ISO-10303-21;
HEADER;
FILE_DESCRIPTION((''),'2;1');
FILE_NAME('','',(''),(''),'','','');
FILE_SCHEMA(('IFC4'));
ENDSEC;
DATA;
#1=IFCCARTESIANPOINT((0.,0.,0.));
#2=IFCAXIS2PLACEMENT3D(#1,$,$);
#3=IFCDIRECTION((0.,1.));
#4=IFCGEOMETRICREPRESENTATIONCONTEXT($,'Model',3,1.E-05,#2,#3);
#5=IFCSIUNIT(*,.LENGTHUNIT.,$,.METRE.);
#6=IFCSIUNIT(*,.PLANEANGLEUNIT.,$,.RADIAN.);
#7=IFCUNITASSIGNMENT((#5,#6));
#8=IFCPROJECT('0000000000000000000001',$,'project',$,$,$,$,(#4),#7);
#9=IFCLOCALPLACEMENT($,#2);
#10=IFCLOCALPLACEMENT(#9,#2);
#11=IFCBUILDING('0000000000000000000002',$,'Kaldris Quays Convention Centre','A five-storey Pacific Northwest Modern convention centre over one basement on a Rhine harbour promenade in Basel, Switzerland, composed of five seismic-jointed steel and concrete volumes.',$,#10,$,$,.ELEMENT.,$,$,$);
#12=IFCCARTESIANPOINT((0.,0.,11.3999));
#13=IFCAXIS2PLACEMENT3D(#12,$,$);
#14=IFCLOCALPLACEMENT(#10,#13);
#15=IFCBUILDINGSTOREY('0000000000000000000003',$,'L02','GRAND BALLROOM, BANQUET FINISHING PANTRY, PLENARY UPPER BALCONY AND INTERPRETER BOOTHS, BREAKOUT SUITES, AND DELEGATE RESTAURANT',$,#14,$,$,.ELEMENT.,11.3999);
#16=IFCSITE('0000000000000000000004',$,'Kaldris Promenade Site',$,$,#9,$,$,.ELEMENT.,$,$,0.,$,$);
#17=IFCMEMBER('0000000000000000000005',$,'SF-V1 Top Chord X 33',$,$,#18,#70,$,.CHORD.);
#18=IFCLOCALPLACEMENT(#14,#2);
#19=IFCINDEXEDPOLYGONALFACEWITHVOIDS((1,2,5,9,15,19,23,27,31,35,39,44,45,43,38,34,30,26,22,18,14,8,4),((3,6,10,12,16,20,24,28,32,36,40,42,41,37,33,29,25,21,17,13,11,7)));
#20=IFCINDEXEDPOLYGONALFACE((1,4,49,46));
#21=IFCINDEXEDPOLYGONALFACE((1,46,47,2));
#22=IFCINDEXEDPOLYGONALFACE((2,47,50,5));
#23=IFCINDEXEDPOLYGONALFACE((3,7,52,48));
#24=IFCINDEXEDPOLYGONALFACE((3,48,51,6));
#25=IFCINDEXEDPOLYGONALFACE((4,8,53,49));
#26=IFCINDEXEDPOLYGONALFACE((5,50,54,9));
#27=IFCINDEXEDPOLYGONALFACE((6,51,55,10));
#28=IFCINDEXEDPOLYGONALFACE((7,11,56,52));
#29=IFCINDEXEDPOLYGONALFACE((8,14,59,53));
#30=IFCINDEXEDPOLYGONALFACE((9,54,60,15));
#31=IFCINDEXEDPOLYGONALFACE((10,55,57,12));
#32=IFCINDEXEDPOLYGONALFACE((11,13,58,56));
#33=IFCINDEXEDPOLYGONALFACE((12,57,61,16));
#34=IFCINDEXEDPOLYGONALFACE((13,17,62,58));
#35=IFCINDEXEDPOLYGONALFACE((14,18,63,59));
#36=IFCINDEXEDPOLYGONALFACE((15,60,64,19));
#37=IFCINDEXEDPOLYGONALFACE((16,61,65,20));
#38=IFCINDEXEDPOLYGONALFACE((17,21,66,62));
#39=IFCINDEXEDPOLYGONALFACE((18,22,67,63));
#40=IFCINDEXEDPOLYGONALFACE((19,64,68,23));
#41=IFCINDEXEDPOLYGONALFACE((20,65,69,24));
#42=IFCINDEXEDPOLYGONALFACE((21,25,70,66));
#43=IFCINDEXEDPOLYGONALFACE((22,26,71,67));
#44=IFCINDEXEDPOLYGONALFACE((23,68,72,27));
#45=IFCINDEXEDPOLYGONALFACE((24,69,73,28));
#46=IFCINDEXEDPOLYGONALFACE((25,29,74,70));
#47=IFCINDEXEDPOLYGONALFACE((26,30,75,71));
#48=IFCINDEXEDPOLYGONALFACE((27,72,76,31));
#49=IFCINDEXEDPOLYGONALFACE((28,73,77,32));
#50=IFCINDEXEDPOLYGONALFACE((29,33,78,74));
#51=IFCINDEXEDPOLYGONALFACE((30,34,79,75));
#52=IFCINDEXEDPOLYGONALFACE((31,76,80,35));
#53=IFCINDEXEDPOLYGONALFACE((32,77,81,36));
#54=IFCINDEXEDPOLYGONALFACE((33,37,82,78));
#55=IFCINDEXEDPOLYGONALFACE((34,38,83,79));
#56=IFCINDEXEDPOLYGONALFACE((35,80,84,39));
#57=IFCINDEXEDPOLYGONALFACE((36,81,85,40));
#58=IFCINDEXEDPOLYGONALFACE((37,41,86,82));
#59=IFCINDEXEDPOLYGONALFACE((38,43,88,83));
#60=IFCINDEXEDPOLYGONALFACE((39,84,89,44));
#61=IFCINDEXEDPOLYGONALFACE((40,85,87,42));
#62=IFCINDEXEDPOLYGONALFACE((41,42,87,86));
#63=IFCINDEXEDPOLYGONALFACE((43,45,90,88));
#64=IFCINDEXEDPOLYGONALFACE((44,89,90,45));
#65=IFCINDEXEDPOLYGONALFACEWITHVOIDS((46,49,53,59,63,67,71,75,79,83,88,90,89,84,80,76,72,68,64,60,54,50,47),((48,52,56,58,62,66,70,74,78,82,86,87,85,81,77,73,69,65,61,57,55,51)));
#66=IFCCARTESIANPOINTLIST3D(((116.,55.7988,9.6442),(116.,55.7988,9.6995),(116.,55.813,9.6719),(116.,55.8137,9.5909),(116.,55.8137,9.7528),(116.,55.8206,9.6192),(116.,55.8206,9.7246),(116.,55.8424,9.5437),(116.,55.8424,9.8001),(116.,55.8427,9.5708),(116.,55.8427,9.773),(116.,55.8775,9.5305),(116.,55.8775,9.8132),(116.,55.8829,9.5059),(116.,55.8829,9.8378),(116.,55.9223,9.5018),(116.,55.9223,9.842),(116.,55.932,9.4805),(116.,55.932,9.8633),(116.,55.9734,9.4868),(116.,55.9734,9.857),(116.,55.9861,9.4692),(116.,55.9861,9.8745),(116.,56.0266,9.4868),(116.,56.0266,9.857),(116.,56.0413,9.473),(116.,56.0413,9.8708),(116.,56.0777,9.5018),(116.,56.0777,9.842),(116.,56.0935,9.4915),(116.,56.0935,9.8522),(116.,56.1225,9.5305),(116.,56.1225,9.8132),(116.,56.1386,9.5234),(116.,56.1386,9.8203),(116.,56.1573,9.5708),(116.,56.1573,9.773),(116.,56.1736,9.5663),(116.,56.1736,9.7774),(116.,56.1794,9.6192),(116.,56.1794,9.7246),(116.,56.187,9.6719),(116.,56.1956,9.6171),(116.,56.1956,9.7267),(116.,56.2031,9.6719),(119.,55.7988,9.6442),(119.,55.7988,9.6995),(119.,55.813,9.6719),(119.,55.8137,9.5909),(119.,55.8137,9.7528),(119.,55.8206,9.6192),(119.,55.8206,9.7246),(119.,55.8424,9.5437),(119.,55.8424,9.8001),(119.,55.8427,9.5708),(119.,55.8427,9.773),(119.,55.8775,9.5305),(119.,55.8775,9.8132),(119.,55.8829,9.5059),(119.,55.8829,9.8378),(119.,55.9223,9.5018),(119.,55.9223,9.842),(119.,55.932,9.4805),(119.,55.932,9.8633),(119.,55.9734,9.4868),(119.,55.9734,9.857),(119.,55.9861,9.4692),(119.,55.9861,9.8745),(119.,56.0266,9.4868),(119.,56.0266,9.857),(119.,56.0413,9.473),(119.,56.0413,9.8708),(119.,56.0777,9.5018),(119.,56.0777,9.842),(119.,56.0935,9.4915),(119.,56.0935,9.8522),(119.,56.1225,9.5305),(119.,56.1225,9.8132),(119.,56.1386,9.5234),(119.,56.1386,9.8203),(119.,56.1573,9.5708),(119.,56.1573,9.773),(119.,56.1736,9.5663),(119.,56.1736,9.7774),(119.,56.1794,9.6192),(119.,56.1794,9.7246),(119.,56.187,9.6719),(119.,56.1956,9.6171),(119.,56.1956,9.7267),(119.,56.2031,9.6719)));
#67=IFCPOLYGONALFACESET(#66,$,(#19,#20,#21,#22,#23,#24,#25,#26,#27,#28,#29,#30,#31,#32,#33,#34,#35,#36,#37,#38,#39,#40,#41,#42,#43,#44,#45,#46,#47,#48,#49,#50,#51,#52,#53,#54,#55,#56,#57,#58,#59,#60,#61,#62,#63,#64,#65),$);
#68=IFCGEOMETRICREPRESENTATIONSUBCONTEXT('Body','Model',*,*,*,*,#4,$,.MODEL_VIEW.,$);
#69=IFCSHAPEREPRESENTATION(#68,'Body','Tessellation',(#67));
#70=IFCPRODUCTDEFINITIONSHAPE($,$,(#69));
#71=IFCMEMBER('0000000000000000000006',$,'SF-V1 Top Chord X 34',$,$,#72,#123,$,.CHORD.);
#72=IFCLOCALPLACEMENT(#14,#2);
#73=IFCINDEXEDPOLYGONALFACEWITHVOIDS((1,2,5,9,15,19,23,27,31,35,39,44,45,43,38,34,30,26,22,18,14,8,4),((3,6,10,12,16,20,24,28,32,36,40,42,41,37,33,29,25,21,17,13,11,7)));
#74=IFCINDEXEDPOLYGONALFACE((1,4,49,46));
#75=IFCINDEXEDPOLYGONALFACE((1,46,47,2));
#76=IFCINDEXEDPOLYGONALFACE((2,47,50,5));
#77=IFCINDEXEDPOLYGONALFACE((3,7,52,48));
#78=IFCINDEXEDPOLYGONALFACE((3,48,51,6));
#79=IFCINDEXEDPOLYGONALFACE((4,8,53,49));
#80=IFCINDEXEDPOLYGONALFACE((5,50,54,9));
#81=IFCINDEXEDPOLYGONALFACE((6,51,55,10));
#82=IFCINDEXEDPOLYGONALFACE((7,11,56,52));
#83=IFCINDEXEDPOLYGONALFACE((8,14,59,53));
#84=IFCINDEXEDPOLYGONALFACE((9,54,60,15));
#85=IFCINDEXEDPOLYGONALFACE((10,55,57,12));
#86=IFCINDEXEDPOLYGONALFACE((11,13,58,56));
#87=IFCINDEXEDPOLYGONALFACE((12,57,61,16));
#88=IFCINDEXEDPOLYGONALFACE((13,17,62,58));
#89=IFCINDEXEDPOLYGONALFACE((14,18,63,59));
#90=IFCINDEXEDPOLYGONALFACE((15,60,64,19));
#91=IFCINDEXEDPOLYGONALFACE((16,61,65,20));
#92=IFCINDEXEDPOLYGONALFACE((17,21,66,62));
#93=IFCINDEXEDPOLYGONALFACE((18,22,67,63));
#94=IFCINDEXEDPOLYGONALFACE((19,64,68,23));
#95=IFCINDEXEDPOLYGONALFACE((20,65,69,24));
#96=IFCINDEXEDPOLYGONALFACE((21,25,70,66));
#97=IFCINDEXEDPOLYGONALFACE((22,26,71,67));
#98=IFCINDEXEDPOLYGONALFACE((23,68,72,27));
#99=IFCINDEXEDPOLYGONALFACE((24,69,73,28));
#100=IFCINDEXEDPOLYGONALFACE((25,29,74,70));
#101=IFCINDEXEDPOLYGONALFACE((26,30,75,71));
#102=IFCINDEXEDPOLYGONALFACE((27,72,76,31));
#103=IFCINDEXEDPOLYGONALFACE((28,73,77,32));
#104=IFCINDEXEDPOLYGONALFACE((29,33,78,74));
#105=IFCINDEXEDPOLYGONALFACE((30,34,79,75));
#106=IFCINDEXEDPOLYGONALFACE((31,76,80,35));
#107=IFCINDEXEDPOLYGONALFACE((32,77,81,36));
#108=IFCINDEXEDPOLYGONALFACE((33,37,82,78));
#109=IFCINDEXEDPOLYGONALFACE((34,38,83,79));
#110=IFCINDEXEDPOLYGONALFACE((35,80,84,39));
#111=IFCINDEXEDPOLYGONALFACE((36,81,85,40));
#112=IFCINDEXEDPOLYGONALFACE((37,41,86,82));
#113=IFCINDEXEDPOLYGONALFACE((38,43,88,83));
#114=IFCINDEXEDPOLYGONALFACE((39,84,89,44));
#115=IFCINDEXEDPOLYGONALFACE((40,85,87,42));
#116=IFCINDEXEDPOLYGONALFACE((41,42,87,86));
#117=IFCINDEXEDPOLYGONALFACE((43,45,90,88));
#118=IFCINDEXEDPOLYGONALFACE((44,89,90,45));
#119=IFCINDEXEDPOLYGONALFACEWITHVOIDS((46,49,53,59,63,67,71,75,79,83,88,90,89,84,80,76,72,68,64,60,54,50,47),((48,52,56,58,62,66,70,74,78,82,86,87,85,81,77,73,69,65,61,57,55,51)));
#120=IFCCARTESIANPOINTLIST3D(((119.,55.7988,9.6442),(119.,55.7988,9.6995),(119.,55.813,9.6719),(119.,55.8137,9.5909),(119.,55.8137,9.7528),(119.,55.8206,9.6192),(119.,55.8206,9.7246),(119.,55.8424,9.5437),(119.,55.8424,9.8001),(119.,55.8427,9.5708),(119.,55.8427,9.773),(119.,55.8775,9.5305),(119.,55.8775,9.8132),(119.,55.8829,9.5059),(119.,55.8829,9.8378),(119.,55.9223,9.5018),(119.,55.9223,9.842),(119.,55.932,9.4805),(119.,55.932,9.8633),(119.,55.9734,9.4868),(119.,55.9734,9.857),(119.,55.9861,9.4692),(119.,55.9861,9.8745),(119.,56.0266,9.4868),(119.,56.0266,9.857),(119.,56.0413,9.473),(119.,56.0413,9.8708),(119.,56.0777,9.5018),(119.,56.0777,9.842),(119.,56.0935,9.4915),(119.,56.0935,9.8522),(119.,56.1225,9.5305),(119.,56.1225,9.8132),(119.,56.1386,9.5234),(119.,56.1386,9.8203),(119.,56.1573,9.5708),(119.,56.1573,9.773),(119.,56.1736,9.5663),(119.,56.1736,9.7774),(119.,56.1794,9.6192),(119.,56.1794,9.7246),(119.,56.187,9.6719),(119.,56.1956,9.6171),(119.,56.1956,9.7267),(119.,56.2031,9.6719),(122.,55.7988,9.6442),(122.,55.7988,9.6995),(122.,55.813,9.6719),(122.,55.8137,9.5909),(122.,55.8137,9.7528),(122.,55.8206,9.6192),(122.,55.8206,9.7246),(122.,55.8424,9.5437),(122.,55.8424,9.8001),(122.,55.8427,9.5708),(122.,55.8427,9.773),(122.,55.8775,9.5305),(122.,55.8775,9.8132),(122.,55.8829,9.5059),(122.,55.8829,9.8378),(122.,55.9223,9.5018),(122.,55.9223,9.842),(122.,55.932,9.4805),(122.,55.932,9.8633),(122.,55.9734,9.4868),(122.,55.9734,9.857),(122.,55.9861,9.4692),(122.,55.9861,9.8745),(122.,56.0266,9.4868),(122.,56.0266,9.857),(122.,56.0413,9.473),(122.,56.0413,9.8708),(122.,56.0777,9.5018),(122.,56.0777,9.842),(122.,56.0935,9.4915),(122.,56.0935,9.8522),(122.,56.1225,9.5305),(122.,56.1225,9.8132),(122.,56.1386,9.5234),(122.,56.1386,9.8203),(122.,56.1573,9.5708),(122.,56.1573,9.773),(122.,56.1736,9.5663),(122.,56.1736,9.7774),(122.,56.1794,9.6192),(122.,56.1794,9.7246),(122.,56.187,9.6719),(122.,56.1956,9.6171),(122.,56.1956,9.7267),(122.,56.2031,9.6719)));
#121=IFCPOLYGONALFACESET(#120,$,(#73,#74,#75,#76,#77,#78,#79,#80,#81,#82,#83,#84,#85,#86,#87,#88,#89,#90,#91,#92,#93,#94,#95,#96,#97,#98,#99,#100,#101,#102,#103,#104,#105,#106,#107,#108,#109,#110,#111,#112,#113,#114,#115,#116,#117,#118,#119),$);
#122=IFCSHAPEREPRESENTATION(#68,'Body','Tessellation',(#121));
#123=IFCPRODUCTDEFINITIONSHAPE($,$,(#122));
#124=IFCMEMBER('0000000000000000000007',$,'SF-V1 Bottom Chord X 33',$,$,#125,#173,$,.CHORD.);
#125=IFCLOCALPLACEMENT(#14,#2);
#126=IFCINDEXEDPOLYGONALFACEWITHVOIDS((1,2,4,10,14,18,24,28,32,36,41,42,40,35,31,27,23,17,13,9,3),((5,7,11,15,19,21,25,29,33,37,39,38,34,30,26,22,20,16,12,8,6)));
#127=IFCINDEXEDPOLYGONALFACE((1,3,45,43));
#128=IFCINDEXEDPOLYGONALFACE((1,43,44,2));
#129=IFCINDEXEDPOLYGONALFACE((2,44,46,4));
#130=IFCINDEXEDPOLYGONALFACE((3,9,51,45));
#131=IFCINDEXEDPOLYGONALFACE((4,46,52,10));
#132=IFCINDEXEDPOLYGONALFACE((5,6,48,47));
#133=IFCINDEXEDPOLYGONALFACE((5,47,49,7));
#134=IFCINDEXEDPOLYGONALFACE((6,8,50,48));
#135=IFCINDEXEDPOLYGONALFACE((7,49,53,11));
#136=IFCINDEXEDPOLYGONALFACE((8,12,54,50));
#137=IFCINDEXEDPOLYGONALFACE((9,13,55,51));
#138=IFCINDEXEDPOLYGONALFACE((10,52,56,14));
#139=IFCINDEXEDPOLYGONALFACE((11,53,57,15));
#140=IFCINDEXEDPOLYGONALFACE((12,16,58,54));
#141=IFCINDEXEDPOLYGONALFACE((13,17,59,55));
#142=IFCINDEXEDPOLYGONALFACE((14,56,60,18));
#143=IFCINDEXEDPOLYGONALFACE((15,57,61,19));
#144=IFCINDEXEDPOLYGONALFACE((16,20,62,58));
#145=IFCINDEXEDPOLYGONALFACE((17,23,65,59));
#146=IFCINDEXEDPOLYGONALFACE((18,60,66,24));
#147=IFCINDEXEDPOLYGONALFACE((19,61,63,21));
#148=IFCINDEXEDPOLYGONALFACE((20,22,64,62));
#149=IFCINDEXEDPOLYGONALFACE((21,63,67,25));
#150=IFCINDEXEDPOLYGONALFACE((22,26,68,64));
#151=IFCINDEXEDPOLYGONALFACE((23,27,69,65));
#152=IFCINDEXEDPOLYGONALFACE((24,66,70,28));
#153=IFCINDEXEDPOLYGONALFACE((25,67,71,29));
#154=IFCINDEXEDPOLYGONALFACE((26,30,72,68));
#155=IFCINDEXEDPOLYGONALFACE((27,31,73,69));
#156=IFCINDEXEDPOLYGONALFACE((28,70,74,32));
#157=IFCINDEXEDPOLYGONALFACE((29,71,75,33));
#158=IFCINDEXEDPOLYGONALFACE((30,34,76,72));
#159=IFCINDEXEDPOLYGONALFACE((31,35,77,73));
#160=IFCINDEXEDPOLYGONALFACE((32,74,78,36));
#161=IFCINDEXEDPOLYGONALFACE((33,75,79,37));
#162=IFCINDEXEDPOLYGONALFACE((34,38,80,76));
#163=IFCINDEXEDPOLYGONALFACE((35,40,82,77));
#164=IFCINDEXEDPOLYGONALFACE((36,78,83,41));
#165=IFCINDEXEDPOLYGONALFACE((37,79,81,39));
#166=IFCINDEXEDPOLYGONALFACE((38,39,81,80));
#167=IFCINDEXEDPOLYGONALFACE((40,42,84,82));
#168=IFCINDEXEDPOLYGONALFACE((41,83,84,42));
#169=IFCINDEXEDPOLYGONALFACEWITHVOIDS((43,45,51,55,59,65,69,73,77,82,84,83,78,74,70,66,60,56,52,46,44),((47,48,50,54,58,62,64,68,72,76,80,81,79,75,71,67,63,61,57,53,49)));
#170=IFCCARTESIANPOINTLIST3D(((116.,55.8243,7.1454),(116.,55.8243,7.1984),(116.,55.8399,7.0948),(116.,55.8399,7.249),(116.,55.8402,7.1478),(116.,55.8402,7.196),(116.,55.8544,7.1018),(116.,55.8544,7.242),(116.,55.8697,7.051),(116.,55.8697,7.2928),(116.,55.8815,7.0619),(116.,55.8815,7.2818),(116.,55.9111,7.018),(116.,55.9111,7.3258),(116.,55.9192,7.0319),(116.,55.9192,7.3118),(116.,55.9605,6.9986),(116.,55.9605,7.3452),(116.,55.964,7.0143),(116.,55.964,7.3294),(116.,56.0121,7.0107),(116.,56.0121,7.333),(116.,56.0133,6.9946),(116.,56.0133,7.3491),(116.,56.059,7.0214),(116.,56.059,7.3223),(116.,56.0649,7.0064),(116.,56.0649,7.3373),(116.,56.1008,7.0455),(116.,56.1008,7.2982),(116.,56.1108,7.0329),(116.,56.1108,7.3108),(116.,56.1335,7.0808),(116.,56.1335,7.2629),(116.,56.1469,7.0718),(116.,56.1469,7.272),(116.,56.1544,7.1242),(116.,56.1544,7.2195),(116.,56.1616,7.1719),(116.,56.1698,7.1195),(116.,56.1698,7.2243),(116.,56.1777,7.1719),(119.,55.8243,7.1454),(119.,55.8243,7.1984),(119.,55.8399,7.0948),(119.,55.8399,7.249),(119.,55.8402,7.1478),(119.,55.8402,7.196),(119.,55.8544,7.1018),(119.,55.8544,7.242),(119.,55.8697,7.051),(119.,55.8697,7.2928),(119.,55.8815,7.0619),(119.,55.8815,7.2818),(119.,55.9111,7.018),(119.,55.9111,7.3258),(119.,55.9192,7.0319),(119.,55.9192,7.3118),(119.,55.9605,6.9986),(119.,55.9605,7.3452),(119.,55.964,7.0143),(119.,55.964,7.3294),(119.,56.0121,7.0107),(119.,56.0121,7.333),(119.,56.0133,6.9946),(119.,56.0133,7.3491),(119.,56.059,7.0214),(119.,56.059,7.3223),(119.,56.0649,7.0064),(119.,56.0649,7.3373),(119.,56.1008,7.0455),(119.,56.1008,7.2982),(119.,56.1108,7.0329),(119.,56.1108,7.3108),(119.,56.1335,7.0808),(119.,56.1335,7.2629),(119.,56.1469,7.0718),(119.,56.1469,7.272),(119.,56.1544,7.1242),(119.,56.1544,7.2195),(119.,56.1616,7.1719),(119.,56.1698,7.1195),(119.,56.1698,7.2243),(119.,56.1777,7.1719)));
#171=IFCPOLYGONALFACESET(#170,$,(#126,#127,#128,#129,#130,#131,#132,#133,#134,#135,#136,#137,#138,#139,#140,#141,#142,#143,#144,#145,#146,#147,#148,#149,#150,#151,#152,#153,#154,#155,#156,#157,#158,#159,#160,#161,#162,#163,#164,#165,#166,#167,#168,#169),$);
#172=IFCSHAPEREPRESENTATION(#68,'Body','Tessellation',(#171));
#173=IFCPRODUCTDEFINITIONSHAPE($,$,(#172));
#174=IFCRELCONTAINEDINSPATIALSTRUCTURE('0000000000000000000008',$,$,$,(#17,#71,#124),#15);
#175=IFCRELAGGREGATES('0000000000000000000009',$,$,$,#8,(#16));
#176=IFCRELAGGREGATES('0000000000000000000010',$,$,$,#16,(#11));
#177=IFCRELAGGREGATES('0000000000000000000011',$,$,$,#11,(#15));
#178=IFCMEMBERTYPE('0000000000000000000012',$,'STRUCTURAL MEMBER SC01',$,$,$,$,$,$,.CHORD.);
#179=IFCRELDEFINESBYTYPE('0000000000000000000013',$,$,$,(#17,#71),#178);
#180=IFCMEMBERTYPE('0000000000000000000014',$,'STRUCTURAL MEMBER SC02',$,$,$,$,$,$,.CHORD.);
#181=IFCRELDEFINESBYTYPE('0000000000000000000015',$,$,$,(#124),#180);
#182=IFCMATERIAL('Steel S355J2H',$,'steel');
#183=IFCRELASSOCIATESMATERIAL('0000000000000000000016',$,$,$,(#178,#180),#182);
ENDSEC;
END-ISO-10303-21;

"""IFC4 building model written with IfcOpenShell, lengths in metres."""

from ifc_helpers import new_model, si_unit, direction, frame, origin, origin_2d, place, context, subcontext, project, spatial, hollow_circle, extrude, material, material_profile, profile_set, type_object, element, save


model = new_model("IFC4")

# Units and contexts
model_context = context("Model", 3, precision=1e-05, world=origin(), true_north=direction((0.0, 1.0)))
body_context = subcontext(model_context, "Body", "Model", "MODEL_VIEW")
ifc_project = project(units=[si_unit("LENGTHUNIT", "METRE"), si_unit("PLANEANGLEUNIT", "RADIAN")], contexts=[model_context])

# Site, building, storey
site_placement = place(None, origin())
site = spatial("IfcSite", under=ifc_project, at=site_placement, Name="Kaldris Promenade Site", CompositionType="ELEMENT", RefElevation=0.0)
building_placement = place(site_placement, origin())
building = spatial("IfcBuilding", under=site, at=building_placement, Name="Kaldris Quays Convention Centre", Description="A five-storey Pacific Northwest Modern convention centre over one basement on a Rhine harbour promenade in Basel, Switzerland, composed of five seismic-jointed steel and concrete volumes.", CompositionType="ELEMENT")
storey_placement = place(building_placement, frame((0.0, 0.0, 11.3999)))
storey = spatial("IfcBuildingStorey", under=building, at=storey_placement, Name="L02", Description="GRAND BALLROOM, BANQUET FINISHING PANTRY, PLENARY UPPER BALCONY AND INTERPRETER BOOTHS, BREAKOUT SUITES, AND DELEGATE RESTAURANT", CompositionType="ELEMENT", Elevation=11.3999)

# Members
ifc_material_1 = material(Name="Steel S355J2H", Category="steel")
ifc_material_profile_1 = material_profile(ifc_material_1, hollow_circle(Radius=0.2031, WallThickness=0.0161, at=origin_2d()), Name="CHS 406.4x16")
ifc_profile_set_1 = profile_set([ifc_material_profile_1], Name="Steel S355J2H")
member_type_1 = type_object("IfcMemberType", Name="STRUCTURAL MEMBER SC01", PredefinedType="CHORD", material=ifc_profile_set_1)
for number, where, z_axis, x_axis, name in (
    (1, (116.0, 56.0, 9.6719), (1.0, 0.0, 0.0), (0.0, 1.0, 0.0), "SF-V1 Top Chord X 33"),
    (2, (119.0, 56.0, 9.6719), (1.0, 0.0, 0.0), (0.0, 1.0, 0.0), "SF-V1 Top Chord X 34"),
):
    element("IfcMember", number, at=place(storey_placement, frame(where, z_axis=z_axis, x_axis=x_axis)), inside=storey, type_object=member_type_1, Name=name, PredefinedType="CHORD", context=body_context, shape_type="SweptSolid", body=[
        extrude(hollow_circle(Radius=0.2031, WallThickness=0.0161, at=origin_2d()), origin(), (0.0, 0.0, 1.0), 3.0),
    ])
ifc_material_profile_2 = material_profile(ifc_material_1, hollow_circle(Radius=0.1777, WallThickness=0.0161, at=origin_2d()), Name="CHS 355.6x16")
ifc_profile_set_2 = profile_set([ifc_material_profile_2], Name="Steel S355J2H")
member_type_2 = type_object("IfcMemberType", Name="STRUCTURAL MEMBER SC02", PredefinedType="CHORD", material=ifc_profile_set_2)
for number, where, z_axis, x_axis, name in (
    (3, (116.0, 56.0, 7.1719), (1.0, 0.0, 0.0), (0.0, 1.0, 0.0), "SF-V1 Bottom Chord X 33"),
):
    element("IfcMember", number, at=place(storey_placement, frame(where, z_axis=z_axis, x_axis=x_axis)), inside=storey, type_object=member_type_2, Name=name, PredefinedType="CHORD", context=body_context, shape_type="SweptSolid", body=[
        extrude(hollow_circle(Radius=0.1777, WallThickness=0.0161, at=origin_2d()), origin(), (0.0, 0.0, 1.0), 3.0),
    ])

save(model, "model.ifc")
